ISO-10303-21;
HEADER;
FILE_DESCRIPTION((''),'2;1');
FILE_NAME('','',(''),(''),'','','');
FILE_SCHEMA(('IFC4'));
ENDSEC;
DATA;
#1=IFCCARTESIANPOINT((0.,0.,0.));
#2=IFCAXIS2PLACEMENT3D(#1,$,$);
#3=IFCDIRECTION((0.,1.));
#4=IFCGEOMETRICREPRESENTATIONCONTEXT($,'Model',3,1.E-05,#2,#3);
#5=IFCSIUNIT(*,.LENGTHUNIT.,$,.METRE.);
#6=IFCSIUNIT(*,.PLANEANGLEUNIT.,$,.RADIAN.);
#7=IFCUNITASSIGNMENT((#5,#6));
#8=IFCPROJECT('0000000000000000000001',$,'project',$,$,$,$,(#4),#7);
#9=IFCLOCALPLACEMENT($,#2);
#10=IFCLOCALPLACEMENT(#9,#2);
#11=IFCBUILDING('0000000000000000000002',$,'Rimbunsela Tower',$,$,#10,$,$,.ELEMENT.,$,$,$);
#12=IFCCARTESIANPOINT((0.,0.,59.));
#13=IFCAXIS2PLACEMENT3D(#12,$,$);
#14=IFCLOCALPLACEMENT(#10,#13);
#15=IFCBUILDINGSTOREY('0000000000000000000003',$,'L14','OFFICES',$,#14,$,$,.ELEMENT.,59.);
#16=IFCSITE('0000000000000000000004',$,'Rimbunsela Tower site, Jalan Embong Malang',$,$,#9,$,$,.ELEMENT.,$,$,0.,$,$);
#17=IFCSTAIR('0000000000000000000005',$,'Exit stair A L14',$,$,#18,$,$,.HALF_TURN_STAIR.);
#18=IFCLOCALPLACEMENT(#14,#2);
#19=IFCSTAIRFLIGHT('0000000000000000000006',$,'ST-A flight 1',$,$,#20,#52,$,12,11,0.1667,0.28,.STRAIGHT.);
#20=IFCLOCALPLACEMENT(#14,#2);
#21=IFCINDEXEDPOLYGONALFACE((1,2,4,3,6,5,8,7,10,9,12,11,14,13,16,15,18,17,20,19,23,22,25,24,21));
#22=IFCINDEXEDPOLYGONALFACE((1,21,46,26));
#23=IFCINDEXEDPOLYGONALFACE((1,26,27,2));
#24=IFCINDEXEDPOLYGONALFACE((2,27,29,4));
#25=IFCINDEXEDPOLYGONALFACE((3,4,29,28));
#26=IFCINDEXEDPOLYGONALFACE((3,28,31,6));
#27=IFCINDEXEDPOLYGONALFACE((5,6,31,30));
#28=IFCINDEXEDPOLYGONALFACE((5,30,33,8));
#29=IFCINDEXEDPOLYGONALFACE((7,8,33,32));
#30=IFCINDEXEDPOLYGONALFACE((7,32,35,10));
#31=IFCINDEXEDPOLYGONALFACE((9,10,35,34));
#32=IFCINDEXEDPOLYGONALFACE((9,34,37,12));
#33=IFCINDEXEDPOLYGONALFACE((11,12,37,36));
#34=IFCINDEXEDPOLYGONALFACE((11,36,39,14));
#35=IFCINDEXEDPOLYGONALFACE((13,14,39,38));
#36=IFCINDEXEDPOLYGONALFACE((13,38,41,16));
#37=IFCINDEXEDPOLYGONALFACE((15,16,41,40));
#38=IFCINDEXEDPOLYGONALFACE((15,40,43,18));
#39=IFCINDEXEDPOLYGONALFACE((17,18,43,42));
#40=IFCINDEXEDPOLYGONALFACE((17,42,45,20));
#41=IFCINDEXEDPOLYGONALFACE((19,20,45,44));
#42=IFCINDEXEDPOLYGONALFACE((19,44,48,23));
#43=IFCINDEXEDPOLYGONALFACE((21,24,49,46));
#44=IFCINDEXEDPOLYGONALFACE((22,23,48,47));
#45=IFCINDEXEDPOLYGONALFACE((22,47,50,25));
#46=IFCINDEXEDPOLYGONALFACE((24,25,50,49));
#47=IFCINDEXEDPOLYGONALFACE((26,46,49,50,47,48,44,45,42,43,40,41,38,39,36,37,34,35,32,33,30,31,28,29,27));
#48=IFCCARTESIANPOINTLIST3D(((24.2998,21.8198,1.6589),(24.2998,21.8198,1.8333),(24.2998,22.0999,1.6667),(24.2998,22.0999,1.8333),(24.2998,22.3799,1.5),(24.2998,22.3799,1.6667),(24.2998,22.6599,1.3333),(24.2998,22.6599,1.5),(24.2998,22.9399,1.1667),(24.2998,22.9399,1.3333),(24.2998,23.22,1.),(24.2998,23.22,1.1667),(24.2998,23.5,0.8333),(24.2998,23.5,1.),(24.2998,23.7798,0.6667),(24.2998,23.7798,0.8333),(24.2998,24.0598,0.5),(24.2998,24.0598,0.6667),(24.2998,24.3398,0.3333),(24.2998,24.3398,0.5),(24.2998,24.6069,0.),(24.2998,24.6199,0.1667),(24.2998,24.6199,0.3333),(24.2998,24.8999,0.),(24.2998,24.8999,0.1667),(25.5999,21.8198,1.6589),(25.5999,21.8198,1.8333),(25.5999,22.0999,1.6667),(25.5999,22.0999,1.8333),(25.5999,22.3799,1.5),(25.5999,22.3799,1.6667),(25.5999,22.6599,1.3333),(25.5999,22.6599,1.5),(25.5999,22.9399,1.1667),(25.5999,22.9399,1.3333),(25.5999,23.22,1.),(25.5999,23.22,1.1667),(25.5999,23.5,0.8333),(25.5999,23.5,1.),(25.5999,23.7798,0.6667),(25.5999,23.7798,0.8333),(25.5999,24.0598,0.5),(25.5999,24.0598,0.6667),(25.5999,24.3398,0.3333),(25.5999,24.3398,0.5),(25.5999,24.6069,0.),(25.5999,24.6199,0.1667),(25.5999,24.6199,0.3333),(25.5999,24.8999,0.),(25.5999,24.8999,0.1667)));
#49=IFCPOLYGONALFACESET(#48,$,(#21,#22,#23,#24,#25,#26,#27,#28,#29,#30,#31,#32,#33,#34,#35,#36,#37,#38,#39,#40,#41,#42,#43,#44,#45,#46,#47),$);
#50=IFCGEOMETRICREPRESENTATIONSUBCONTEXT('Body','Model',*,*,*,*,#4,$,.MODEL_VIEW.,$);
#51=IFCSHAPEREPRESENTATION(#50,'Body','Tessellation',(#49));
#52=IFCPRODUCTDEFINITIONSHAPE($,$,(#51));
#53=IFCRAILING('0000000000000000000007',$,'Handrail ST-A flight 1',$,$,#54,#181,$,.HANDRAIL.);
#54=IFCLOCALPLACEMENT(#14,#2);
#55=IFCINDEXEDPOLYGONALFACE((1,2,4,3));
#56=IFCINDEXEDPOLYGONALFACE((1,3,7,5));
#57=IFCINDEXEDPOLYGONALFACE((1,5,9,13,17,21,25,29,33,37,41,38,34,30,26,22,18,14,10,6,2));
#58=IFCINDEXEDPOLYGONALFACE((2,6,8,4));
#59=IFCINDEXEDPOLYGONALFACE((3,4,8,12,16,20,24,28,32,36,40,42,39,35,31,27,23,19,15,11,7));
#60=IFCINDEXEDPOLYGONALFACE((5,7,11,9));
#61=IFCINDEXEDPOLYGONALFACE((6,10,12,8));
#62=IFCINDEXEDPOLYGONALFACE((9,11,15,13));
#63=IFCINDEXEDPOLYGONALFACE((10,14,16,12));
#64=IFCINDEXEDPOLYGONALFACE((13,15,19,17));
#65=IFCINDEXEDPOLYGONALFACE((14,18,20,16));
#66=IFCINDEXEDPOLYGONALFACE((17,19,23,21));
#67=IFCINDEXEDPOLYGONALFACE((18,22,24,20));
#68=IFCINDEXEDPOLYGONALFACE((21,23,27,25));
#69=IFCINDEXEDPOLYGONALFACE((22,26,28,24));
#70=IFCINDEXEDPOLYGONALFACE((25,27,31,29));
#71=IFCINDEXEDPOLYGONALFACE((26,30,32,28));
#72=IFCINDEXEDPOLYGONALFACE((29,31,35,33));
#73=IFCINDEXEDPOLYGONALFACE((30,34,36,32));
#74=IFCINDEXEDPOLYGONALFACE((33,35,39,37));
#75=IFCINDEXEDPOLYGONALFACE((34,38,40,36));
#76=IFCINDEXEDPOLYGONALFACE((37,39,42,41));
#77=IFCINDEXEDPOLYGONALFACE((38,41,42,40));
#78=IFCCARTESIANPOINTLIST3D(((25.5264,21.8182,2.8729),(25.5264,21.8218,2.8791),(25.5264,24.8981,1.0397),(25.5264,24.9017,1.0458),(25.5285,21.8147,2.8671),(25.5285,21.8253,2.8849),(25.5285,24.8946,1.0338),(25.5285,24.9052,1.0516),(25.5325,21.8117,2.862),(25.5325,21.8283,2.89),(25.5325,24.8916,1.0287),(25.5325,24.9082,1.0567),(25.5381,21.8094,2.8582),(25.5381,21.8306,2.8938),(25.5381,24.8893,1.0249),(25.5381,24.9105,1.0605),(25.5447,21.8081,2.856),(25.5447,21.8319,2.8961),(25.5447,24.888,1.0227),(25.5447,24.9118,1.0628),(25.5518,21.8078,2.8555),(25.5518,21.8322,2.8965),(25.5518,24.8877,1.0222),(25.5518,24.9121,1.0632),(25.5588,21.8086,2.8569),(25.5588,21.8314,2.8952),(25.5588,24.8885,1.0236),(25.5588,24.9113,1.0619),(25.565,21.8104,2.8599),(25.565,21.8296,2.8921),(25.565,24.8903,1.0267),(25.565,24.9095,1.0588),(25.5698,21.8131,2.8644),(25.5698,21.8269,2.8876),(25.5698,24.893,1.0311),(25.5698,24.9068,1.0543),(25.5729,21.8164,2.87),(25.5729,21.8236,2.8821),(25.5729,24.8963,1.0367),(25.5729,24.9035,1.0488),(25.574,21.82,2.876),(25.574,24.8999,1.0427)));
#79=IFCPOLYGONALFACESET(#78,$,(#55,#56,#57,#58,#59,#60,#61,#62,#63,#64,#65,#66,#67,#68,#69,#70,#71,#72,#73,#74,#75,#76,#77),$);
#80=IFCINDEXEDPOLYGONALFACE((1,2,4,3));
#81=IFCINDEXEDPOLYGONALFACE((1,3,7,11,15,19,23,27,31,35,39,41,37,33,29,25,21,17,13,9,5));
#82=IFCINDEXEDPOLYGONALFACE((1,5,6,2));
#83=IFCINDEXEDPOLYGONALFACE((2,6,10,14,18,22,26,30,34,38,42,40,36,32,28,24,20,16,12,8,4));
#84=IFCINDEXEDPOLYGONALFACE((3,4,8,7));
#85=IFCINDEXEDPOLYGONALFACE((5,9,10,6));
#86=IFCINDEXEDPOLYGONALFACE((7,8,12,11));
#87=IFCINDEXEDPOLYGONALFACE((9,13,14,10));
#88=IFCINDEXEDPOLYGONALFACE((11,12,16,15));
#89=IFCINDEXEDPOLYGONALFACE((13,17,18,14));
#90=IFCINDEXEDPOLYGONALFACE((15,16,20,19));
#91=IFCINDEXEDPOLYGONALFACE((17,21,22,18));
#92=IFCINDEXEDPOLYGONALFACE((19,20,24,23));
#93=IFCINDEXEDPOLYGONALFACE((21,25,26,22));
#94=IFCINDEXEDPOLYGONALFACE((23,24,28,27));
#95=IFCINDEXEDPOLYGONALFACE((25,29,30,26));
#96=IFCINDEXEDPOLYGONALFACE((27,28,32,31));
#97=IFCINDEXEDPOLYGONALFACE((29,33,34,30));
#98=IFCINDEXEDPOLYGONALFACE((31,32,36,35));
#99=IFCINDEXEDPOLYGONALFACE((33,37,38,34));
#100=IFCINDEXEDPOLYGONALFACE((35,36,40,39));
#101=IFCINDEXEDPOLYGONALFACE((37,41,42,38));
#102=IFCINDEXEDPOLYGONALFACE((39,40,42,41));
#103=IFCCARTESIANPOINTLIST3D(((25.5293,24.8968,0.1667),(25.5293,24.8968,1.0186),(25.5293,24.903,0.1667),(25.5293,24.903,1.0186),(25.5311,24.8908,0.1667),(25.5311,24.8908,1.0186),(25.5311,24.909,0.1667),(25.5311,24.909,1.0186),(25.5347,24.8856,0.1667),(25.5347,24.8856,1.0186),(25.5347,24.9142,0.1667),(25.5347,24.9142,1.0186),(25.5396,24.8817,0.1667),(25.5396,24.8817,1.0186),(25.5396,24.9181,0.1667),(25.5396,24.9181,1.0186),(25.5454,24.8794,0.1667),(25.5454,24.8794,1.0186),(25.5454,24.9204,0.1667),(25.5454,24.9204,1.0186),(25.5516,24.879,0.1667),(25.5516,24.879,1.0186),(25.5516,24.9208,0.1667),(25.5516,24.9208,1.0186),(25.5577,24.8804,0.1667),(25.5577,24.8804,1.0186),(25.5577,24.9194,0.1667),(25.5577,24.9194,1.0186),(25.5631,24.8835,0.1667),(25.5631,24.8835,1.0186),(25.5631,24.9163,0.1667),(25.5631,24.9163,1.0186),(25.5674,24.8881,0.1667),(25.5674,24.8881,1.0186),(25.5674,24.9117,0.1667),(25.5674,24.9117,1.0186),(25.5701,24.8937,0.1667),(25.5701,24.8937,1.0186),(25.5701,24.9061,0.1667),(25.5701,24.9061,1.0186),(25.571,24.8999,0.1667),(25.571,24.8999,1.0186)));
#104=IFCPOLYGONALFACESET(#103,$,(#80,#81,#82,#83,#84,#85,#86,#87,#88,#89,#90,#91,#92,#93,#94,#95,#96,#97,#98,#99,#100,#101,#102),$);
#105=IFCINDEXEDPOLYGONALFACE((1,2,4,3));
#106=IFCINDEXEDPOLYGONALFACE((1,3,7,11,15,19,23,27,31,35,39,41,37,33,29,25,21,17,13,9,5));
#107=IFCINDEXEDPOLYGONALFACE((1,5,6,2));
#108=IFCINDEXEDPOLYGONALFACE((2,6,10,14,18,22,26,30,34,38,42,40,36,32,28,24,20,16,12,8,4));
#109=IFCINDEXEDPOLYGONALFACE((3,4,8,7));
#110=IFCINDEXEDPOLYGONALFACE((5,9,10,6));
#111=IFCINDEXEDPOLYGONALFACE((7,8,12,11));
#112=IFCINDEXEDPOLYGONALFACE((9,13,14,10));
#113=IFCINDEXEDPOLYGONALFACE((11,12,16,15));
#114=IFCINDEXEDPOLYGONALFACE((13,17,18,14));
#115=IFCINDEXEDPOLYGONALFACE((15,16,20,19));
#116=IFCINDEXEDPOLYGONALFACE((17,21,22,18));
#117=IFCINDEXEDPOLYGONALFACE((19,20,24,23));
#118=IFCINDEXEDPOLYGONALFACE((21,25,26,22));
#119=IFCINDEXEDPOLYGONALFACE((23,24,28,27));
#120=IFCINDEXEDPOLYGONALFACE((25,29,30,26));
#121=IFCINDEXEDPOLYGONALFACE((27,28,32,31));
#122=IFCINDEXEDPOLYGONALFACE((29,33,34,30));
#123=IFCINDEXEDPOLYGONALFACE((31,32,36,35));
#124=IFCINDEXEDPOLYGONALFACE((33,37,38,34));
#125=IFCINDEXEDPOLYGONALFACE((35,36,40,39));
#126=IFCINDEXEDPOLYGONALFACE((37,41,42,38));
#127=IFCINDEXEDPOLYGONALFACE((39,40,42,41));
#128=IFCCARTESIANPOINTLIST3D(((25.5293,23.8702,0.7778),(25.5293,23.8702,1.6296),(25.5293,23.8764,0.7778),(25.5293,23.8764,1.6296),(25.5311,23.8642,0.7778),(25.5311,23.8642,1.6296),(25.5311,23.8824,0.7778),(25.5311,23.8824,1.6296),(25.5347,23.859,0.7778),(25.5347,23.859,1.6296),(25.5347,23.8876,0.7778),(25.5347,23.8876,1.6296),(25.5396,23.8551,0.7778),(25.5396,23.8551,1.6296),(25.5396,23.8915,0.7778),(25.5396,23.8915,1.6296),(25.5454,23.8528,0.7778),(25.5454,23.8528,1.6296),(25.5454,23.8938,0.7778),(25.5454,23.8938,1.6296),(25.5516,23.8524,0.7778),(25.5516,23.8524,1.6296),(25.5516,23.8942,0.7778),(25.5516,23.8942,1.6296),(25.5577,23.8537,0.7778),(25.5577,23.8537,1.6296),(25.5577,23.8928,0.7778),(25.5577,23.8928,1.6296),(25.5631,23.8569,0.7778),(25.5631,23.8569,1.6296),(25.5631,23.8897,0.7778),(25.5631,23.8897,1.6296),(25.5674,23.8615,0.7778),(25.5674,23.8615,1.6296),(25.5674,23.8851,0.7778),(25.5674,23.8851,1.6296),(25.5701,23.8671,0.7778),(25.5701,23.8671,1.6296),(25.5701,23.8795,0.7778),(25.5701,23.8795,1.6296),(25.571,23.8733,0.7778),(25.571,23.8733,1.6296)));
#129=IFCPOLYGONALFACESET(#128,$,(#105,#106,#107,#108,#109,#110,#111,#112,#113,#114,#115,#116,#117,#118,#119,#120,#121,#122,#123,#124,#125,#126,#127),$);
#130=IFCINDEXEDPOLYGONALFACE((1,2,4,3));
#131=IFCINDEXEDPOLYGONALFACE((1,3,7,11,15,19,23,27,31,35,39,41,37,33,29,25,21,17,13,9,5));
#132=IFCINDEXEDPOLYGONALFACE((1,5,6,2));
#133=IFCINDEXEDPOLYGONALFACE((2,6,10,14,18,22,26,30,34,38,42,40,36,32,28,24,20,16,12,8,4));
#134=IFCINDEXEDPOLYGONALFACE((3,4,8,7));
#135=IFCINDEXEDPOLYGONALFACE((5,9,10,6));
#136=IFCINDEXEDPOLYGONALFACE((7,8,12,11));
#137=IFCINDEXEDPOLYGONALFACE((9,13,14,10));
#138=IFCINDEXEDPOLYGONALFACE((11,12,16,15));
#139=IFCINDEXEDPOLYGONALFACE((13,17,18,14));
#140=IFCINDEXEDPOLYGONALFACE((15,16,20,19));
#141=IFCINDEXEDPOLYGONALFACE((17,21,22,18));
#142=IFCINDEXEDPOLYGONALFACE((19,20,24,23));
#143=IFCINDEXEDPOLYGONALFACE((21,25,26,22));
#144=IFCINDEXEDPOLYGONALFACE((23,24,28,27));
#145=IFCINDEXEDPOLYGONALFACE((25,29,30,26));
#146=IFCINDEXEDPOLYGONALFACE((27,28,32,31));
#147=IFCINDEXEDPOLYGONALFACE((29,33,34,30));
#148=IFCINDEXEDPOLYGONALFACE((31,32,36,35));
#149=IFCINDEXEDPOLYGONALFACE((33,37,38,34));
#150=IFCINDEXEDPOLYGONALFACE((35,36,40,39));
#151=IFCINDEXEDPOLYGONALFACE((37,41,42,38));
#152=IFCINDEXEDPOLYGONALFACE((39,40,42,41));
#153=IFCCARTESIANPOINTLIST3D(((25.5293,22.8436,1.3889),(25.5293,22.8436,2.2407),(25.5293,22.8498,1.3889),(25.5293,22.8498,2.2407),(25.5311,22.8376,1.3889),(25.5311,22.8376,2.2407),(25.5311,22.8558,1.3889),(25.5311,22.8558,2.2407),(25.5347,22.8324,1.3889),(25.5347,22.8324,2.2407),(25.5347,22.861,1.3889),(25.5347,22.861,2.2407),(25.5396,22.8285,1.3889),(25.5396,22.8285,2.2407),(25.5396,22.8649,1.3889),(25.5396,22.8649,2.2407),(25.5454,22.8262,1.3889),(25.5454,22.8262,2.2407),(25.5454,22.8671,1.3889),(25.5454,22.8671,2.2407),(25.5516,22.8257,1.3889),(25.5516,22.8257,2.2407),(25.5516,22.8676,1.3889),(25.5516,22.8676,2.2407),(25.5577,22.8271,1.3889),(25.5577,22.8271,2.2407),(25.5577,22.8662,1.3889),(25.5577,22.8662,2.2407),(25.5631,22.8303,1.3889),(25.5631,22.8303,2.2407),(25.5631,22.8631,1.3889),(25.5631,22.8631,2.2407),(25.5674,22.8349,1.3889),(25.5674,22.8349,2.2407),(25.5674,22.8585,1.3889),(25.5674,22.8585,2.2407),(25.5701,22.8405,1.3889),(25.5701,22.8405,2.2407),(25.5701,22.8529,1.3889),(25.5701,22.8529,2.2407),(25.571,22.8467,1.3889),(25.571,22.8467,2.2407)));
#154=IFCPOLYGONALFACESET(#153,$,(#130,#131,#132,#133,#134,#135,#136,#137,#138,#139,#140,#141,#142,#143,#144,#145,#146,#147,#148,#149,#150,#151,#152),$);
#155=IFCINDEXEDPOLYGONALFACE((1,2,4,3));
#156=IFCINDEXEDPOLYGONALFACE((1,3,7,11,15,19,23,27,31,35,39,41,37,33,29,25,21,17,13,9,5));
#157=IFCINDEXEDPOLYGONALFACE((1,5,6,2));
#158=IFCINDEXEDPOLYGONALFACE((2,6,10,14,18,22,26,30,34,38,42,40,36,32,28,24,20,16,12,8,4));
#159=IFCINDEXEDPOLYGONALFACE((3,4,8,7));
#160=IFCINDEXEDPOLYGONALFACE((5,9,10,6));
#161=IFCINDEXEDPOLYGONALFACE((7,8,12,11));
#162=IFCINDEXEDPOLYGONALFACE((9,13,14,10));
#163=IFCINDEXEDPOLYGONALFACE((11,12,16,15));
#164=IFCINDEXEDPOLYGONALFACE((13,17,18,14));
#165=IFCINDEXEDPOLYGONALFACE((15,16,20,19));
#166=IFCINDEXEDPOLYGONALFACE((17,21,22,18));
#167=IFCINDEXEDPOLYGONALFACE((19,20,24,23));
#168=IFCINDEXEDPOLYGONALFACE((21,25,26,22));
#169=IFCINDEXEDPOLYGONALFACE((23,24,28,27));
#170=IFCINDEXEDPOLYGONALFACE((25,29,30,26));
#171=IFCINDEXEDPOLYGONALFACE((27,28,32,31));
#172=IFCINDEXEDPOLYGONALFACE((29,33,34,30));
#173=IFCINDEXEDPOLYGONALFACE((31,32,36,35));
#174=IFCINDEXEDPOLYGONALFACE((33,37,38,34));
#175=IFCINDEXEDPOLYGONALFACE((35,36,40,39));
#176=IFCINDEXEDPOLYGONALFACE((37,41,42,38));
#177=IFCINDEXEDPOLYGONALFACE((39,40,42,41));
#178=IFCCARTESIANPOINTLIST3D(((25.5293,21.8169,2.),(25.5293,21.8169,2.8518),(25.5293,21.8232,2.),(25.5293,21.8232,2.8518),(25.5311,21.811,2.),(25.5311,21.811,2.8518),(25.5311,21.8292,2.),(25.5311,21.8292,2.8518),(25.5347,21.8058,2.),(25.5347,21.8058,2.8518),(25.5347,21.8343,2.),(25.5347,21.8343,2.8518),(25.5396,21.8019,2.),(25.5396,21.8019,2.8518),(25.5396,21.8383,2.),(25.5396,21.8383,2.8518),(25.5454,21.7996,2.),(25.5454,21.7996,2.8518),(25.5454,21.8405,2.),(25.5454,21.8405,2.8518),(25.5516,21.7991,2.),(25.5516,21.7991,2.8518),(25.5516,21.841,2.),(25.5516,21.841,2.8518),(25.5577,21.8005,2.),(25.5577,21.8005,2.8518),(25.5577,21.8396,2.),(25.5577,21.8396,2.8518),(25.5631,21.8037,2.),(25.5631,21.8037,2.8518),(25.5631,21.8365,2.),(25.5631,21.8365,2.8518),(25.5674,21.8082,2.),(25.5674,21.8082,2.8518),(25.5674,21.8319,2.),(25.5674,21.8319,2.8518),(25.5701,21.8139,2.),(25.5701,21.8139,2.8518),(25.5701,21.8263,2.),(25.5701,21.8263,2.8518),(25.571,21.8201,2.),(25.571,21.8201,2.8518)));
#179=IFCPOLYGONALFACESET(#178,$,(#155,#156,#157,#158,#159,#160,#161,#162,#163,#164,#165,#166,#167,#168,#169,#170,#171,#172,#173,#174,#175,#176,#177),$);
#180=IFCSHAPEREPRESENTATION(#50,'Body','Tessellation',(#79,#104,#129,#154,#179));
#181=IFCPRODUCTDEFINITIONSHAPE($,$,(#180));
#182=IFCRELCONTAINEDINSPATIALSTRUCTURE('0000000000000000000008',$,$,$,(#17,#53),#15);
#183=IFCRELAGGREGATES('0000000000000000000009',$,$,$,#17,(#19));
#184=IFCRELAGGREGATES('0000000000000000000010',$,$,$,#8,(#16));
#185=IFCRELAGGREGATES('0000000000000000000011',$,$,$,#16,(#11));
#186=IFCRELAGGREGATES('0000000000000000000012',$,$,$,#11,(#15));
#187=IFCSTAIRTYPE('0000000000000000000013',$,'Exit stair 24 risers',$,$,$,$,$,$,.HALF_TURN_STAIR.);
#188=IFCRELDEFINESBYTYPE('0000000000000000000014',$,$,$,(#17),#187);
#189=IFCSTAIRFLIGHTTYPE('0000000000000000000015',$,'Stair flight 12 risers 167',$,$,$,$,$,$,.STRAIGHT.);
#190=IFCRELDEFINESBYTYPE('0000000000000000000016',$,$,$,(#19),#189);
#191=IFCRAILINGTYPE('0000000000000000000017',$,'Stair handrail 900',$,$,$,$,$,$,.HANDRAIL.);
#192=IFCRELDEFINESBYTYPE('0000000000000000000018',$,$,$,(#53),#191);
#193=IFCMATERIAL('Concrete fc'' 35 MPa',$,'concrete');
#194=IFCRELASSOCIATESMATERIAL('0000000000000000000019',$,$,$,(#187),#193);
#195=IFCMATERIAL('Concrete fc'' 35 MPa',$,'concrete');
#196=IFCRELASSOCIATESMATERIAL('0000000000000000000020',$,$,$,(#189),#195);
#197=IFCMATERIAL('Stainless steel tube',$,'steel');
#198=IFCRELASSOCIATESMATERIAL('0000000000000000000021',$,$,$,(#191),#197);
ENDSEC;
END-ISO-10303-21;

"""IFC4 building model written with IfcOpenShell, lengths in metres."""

from ifc_helpers import new_model, si_unit, direction, frame, origin, origin_2d, place, context, subcontext, project, spatial, polyline, circle, outline, extrude, material, type_object, element, aggregate, save


model = new_model("IFC4")

# Units and contexts
model_context = context("Model", 3, precision=1e-05, world=origin(), true_north=direction((0.0, 1.0)))
body_context = subcontext(model_context, "Body", "Model", "MODEL_VIEW")
ifc_project = project(units=[si_unit("LENGTHUNIT", "METRE"), si_unit("PLANEANGLEUNIT", "RADIAN")], contexts=[model_context])

# Site, building, storey
site_placement = place(None, origin())
site = spatial("IfcSite", under=ifc_project, at=site_placement, Name="Rimbunsela Tower site, Jalan Embong Malang", CompositionType="ELEMENT", RefElevation=0.0)
building_placement = place(site_placement, origin())
building = spatial("IfcBuilding", under=site, at=building_placement, Name="Rimbunsela Tower", CompositionType="ELEMENT")
storey_placement = place(building_placement, frame((0.0, 0.0, 59.0)))
storey = spatial("IfcBuildingStorey", under=building, at=storey_placement, Name="L14", Description="OFFICES", CompositionType="ELEMENT", Elevation=59.0)

# Stair, stair flight
ifc_material_1 = material(Name="Concrete fc' 35 MPa", Category="concrete")
stair_type = type_object("IfcStairType", Name="Exit stair 24 risers", PredefinedType="HALF_TURN_STAIR", material=ifc_material_1)
stair_placement = place(storey_placement, origin())
stair = element("IfcStair", 1, at=stair_placement, inside=storey, type_object=stair_type, Name="Exit stair A L14", PredefinedType="HALF_TURN_STAIR")
ifc_material_2 = material(Name="Concrete fc' 35 MPa", Category="concrete")
stair_flight_type = type_object("IfcStairFlightType", Name="Stair flight 12 risers 167", PredefinedType="STRAIGHT", material=ifc_material_2)
stair_flight_placement = place(storey_placement, frame((24.95, 24.8999, 0.0), z_axis=(0.0, 0.0, 1.0), x_axis=(0.0, -1.0, 0.0)))
stair_flight = element("IfcStairFlight", 2, at=stair_flight_placement, type_object=stair_flight_type, Name="ST-A flight 1", NumberOfRisers=12, NumberOfTreads=11, PredefinedType="STRAIGHT", RiserHeight=0.1667, TreadLength=0.28, context=body_context, shape_type="SweptSolid", body=[
    extrude(outline(polyline([(0.0, 0.0), (0.0, 0.1667), (0.28, 0.1667), (0.28, 0.3333), (0.5601, 0.3333), (0.5601, 0.5), (0.8401, 0.5), (0.8401, 0.6667), (1.1201, 0.6667), (1.1201, 0.8333), (1.3999, 0.8333), (1.3999, 1.0), (1.6799, 1.0), (1.6799, 1.1667), (1.96, 1.1667), (1.96, 1.3333), (2.24, 1.3333), (2.24, 1.5), (2.52, 1.5), (2.52, 1.6667), (2.8, 1.6667), (2.8, 1.8333), (3.0801, 1.8333), (3.0801, 2.0), (3.0801, 1.6589), (0.293, 0.0), (0.0, 0.0)])), frame((0.0, 0.6499, 0.0), z_axis=(0.0, -1.0, 0.0), x_axis=(1.0, 0.0, 0.0)), (0.0, 0.0, 1.0), 1.3),
])
aggregate(stair, [stair_flight])

# Railing
ifc_material_3 = material(Name="Stainless steel tube", Category="steel")
railing_type = type_object("IfcRailingType", Name="Stair handrail 900", PredefinedType="HANDRAIL", material=ifc_material_3)
railing_placement = place(storey_placement, frame((25.55, 24.8999, 0.1667)))
element("IfcRailing", 3, at=railing_placement, inside=storey, type_object=railing_type, Name="Handrail ST-A flight 1", PredefinedType="HANDRAIL", context=body_context, shape_type="SweptSolid", body=[
    extrude(circle(Radius=0.0239, at=origin_2d()), frame((0.0, 0.0, 0.876), z_axis=(0.0, -0.859291, 0.511487), x_axis=(1.0, 0.0, 0.0)), (0.0, 0.0, 1.0), 3.5842),
    extrude(circle(Radius=0.021, at=origin_2d()), origin(), (0.0, 0.0, 1.0), 0.8518),
    extrude(circle(Radius=0.021, at=origin_2d()), frame((0.0, -1.0266, 0.6111)), (0.0, 0.0, 1.0), 0.8518),
    extrude(circle(Radius=0.021, at=origin_2d()), frame((0.0, -2.0532, 1.2222)), (0.0, 0.0, 1.0), 0.8518),
    extrude(circle(Radius=0.021, at=origin_2d()), frame((0.0, -3.0798, 1.8333)), (0.0, 0.0, 1.0), 0.8518),
])

save(model, "model.ifc")
